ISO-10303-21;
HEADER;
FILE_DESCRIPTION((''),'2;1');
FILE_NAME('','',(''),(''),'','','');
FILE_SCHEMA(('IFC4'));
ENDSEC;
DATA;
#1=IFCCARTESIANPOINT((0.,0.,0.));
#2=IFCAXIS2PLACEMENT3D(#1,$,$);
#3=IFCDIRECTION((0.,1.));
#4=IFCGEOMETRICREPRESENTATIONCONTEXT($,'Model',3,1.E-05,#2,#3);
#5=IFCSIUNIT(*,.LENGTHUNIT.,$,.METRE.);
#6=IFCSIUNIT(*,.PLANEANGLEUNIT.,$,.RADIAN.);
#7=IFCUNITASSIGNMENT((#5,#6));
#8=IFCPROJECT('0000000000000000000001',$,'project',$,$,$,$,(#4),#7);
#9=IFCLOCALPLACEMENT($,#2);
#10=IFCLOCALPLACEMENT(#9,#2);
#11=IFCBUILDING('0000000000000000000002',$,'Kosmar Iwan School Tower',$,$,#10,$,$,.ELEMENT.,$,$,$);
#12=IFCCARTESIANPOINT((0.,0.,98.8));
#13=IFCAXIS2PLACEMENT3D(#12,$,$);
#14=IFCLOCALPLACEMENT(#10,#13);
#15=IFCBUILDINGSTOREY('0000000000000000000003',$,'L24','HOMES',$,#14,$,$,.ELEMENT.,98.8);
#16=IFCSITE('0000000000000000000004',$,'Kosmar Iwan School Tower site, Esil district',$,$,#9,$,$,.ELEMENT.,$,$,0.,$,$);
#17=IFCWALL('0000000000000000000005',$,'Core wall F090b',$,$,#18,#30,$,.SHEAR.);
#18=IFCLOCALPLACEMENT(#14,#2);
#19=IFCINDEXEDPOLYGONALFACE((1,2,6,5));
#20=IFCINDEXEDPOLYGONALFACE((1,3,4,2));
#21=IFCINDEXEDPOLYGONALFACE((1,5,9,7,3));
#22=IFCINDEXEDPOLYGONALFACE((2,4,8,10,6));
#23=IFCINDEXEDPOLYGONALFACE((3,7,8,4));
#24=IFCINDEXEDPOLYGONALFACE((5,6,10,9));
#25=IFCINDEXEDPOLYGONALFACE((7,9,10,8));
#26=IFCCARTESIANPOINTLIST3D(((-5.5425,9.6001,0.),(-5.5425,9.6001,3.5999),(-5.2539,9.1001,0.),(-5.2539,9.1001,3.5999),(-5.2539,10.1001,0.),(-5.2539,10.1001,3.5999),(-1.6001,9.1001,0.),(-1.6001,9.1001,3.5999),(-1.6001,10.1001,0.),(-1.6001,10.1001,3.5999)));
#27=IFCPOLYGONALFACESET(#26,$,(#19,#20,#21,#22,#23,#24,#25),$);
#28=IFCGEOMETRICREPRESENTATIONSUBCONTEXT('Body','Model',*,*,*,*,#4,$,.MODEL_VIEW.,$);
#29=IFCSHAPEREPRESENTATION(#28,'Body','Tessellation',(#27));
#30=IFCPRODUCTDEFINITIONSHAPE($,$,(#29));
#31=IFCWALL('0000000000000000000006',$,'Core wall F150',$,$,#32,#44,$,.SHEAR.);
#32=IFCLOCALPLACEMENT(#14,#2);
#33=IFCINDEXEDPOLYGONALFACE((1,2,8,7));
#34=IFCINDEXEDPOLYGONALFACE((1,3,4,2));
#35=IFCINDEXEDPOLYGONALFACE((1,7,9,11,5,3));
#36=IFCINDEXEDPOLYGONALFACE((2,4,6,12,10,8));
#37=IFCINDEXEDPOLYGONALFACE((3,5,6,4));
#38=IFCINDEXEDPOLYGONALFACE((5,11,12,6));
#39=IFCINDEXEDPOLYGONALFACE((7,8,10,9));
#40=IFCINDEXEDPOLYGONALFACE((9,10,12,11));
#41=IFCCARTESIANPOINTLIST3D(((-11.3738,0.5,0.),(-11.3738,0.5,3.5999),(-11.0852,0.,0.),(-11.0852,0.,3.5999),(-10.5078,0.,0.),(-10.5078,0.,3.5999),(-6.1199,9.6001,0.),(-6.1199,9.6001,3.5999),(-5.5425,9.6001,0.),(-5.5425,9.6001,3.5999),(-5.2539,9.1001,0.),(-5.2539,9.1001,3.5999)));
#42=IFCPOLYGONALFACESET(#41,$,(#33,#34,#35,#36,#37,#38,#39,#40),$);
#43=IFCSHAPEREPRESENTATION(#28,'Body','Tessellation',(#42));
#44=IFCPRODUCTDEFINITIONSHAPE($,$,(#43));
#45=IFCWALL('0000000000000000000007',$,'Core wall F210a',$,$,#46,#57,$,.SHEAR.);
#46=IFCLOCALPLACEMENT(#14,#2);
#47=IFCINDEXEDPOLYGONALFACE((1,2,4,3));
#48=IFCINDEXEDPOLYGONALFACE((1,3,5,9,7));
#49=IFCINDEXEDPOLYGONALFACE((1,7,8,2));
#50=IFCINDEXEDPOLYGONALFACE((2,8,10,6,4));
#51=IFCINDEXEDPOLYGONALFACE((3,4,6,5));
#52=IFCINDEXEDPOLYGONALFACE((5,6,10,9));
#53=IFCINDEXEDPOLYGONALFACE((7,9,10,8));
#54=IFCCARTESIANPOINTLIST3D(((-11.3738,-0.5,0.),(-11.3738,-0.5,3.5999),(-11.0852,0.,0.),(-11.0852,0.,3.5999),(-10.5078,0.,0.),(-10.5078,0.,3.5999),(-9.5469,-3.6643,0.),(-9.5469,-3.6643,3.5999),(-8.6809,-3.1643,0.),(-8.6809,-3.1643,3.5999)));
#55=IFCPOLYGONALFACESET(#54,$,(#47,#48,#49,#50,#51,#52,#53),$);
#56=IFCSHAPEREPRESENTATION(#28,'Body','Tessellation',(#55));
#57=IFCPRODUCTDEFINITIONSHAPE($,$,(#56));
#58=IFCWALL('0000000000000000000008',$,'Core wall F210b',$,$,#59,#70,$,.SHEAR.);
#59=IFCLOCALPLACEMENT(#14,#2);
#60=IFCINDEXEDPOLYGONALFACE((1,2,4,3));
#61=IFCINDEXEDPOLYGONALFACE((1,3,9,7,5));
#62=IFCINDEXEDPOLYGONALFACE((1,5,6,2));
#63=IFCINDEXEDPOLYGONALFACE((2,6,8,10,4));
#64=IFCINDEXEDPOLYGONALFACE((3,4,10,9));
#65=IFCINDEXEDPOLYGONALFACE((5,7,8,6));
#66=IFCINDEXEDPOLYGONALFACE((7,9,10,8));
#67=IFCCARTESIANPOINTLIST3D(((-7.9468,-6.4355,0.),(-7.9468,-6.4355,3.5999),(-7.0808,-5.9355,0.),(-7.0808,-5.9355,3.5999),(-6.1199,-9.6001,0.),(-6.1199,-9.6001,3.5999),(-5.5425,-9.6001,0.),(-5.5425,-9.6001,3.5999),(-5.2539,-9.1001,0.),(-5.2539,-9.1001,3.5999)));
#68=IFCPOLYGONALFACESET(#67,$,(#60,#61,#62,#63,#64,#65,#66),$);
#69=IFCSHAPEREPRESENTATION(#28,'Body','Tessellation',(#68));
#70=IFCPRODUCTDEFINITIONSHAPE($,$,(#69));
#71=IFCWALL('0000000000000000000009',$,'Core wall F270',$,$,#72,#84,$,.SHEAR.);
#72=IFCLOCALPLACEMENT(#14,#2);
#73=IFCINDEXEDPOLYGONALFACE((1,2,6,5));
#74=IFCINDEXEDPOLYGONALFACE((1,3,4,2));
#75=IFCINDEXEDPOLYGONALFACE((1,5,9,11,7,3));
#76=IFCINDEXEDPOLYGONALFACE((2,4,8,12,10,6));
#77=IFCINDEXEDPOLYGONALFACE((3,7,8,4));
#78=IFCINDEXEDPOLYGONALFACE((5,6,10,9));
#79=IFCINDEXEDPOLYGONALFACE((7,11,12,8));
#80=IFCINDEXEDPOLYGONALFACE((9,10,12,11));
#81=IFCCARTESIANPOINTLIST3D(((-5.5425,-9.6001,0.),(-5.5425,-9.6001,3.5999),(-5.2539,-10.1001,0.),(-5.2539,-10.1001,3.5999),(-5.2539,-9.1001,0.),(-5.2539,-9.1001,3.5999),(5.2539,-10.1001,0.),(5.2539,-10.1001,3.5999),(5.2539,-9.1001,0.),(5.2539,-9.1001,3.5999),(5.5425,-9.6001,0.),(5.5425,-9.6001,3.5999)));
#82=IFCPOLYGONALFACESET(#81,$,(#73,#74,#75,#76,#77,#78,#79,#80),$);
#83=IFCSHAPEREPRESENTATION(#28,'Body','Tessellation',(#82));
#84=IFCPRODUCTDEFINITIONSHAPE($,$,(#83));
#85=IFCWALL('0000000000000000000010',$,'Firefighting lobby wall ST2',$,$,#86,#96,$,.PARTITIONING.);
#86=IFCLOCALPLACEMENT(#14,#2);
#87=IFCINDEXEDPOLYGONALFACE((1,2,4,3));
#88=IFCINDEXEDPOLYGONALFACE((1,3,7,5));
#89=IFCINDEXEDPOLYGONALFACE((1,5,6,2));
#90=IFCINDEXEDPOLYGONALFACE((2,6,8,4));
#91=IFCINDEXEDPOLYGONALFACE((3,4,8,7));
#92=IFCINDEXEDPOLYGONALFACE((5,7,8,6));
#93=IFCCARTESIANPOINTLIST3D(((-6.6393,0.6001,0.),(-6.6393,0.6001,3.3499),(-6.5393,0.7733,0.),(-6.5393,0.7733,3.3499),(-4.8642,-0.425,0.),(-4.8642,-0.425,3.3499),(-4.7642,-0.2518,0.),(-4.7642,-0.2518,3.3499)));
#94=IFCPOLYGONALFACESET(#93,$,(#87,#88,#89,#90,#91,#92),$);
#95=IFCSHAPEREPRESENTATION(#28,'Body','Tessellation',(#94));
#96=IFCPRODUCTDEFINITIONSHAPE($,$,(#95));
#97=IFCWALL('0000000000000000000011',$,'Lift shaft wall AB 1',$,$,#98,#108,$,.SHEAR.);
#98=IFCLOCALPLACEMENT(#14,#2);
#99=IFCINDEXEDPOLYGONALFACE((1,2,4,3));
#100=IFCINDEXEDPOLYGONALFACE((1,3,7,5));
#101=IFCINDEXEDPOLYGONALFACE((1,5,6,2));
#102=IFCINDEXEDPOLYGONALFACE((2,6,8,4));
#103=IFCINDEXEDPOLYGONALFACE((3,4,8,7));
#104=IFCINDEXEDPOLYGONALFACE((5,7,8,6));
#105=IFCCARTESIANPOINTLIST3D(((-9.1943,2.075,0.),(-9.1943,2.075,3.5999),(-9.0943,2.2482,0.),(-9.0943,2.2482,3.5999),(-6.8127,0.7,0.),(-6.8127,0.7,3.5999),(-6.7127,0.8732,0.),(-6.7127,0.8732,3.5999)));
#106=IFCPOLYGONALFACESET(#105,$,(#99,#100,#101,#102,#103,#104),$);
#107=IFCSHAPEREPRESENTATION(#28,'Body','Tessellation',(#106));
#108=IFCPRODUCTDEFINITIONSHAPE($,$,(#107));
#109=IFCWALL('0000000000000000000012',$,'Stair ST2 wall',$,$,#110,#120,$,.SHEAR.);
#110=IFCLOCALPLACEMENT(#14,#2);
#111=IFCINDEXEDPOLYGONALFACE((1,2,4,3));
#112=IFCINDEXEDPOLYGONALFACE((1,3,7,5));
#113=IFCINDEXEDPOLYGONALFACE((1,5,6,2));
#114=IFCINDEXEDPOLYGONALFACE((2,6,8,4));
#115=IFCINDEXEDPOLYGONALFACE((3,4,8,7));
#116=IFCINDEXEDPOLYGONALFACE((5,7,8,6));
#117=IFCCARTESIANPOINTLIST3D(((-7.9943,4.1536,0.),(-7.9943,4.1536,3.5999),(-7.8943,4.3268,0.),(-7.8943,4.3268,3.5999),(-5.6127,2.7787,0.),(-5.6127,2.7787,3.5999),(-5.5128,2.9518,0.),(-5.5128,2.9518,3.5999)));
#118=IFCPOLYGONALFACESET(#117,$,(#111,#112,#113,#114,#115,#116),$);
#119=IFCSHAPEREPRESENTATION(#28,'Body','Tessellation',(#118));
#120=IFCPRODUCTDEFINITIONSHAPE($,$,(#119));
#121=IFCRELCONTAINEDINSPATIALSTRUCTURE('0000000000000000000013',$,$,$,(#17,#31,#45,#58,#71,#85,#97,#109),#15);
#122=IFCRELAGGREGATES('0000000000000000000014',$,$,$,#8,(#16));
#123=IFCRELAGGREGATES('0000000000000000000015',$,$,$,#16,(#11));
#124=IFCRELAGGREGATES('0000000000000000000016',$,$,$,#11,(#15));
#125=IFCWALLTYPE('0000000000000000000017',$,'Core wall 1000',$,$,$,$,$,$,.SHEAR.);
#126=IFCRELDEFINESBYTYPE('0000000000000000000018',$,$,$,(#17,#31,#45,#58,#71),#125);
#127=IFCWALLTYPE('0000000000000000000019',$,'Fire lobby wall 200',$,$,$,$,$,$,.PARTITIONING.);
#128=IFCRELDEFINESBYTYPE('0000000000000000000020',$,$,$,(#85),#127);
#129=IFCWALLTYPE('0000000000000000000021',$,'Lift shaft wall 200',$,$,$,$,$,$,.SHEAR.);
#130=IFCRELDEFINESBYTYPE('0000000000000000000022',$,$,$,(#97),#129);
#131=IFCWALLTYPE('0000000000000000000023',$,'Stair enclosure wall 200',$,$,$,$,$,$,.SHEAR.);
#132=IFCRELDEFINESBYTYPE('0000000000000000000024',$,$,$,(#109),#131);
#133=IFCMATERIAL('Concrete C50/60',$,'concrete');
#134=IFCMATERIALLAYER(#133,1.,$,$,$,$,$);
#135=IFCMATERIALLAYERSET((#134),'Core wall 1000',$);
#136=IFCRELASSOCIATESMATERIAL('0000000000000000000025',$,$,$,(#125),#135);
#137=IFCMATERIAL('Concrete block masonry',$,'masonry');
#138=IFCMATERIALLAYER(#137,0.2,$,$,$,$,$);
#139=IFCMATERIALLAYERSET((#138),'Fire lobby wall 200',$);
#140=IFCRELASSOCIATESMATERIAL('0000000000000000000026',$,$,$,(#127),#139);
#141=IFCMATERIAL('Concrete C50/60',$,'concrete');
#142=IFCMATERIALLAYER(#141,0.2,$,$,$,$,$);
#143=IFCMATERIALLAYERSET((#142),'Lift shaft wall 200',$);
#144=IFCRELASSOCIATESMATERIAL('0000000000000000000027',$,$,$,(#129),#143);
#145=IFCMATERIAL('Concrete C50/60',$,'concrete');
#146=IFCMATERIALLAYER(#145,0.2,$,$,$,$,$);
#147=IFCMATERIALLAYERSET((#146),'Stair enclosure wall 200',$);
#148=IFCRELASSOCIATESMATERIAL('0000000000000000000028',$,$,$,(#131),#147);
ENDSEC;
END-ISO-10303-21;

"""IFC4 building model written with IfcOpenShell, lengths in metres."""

from ifc_helpers import new_model, si_unit, direction, frame, frame_2d, origin, place, context, subcontext, project, spatial, polyline, rectangle, outline, extrude, material, layer, layer_set, type_object, element, save


model = new_model("IFC4")

# Units and contexts
model_context = context("Model", 3, precision=1e-05, world=origin(), true_north=direction((0.0, 1.0)))
body_context = subcontext(model_context, "Body", "Model", "MODEL_VIEW")
ifc_project = project(units=[si_unit("LENGTHUNIT", "METRE"), si_unit("PLANEANGLEUNIT", "RADIAN")], contexts=[model_context])

# Site, building, storey
site_placement = place(None, origin())
site = spatial("IfcSite", under=ifc_project, at=site_placement, Name="Kosmar Iwan School Tower site, Esil district", CompositionType="ELEMENT", RefElevation=0.0)
building_placement = place(site_placement, origin())
building = spatial("IfcBuilding", under=site, at=building_placement, Name="Kosmar Iwan School Tower", CompositionType="ELEMENT")
storey_placement = place(building_placement, frame((0.0, 0.0, 98.8)))
storey = spatial("IfcBuildingStorey", under=building, at=storey_placement, Name="L24", Description="HOMES", CompositionType="ELEMENT", Elevation=98.8)

# Walls
ifc_material_1 = material(Name="Concrete C50/60", Category="concrete")
ifc_layer_1 = layer(ifc_material_1, 1.0)
ifc_layer_set_1 = layer_set([ifc_layer_1], Name="Core wall 1000")
wall_type_1 = type_object("IfcWallType", Name="Core wall 1000", PredefinedType="SHEAR", material=ifc_layer_set_1)
wall_1_placement = place(storey_placement, origin())
element("IfcWall", 1, at=wall_1_placement, inside=storey, type_object=wall_type_1, Name="Core wall F090b", PredefinedType="SHEAR", context=body_context, shape_type="SweptSolid", body=[
    extrude(outline(polyline([(-5.2539, 9.1001), (-1.6001, 9.1001), (-1.6001, 10.1001), (-5.2539, 10.1001), (-5.5425, 9.6001), (-5.2539, 9.1001)])), origin(), (0.0, 0.0, 1.0), 3.5999),
])
wall_2_placement = place(storey_placement, origin())
element("IfcWall", 2, at=wall_2_placement, inside=storey, type_object=wall_type_1, Name="Core wall F150", PredefinedType="SHEAR", context=body_context, shape_type="SweptSolid", body=[
    extrude(outline(polyline([(-11.0852, 0.0), (-10.5078, 0.0), (-5.2539, 9.1001), (-5.5425, 9.6001), (-6.1199, 9.6001), (-11.3738, 0.5), (-11.0852, 0.0)])), origin(), (0.0, 0.0, 1.0), 3.5999),
])
wall_3_placement = place(storey_placement, origin())
element("IfcWall", 3, at=wall_3_placement, inside=storey, type_object=wall_type_1, Name="Core wall F210a", PredefinedType="SHEAR", context=body_context, shape_type="SweptSolid", body=[
    extrude(outline(polyline([(-9.5469, -3.6643), (-8.6809, -3.1643), (-10.5078, 0.0), (-11.0852, 0.0), (-11.3738, -0.5), (-9.5469, -3.6643)])), origin(), (0.0, 0.0, 1.0), 3.5999),
])
wall_4_placement = place(storey_placement, origin())
element("IfcWall", 4, at=wall_4_placement, inside=storey, type_object=wall_type_1, Name="Core wall F210b", PredefinedType="SHEAR", context=body_context, shape_type="SweptSolid", body=[
    extrude(outline(polyline([(-6.1199, -9.6001), (-5.5425, -9.6001), (-5.2539, -9.1001), (-7.0808, -5.9355), (-7.9468, -6.4355), (-6.1199, -9.6001)])), origin(), (0.0, 0.0, 1.0), 3.5999),
])
wall_5_placement = place(storey_placement, origin())
element("IfcWall", 5, at=wall_5_placement, inside=storey, type_object=wall_type_1, Name="Core wall F270", PredefinedType="SHEAR", context=body_context, shape_type="SweptSolid", body=[
    extrude(outline(polyline([(-5.2539, -10.1001), (5.2539, -10.1001), (5.5425, -9.6001), (5.2539, -9.1001), (-5.2539, -9.1001), (-5.5425, -9.6001), (-5.2539, -10.1001)])), origin(), (0.0, 0.0, 1.0), 3.5999),
])
ifc_material_2 = material(Name="Concrete block masonry", Category="masonry")
ifc_layer_2 = layer(ifc_material_2, 0.2)
ifc_layer_set_2 = layer_set([ifc_layer_2], Name="Fire lobby wall 200")
wall_type_2 = type_object("IfcWallType", Name="Fire lobby wall 200", PredefinedType="PARTITIONING", material=ifc_layer_set_2)
wall_6_placement = place(storey_placement, frame((-4.8142, -0.3384, 0.0), z_axis=(0.0, 0.0, 1.0), x_axis=(-0.865969, 0.500097, 0.0)))
element("IfcWall", 6, at=wall_6_placement, inside=storey, type_object=wall_type_2, Name="Firefighting lobby wall ST2", PredefinedType="PARTITIONING", context=body_context, shape_type="SweptSolid", body=[
    extrude(rectangle(XDim=2.0498, YDim=0.2, at=frame_2d((1.0249, 0.0))), origin(), (0.0, 0.0, 1.0), 3.3499),
])
ifc_material_3 = material(Name="Concrete C50/60", Category="concrete")
ifc_layer_3 = layer(ifc_material_3, 0.2)
ifc_layer_set_3 = layer_set([ifc_layer_3], Name="Lift shaft wall 200")
wall_type_3 = type_object("IfcWallType", Name="Lift shaft wall 200", PredefinedType="SHEAR", material=ifc_layer_set_3)
wall_7_placement = place(storey_placement, frame((-6.7627, 0.7866, 0.0), z_axis=(0.0, 0.0, 1.0), x_axis=(-0.866027, 0.499997, 0.0)))
element("IfcWall", 7, at=wall_7_placement, inside=storey, type_object=wall_type_3, Name="Lift shaft wall AB 1", PredefinedType="SHEAR", context=body_context, shape_type="SweptSolid", body=[
    extrude(rectangle(XDim=2.75, YDim=0.2, at=frame_2d((1.375, 0.0))), origin(), (0.0, 0.0, 1.0), 3.5999),
])
ifc_material_4 = material(Name="Concrete C50/60", Category="concrete")
ifc_layer_4 = layer(ifc_material_4, 0.2)
ifc_layer_set_4 = layer_set([ifc_layer_4], Name="Stair enclosure wall 200")
wall_type_4 = type_object("IfcWallType", Name="Stair enclosure wall 200", PredefinedType="SHEAR", material=ifc_layer_set_4)
wall_8_placement = place(storey_placement, frame((-5.5627, 2.8652, 0.0), z_axis=(0.0, 0.0, 1.0), x_axis=(-0.866027, 0.499997, 0.0)))
element("IfcWall", 8, at=wall_8_placement, inside=storey, type_object=wall_type_4, Name="Stair ST2 wall", PredefinedType="SHEAR", context=body_context, shape_type="SweptSolid", body=[
    extrude(rectangle(XDim=2.75, YDim=0.2, at=frame_2d((1.375, 0.0))), origin(), (0.0, 0.0, 1.0), 3.5999),
])

save(model, "model.ifc")
